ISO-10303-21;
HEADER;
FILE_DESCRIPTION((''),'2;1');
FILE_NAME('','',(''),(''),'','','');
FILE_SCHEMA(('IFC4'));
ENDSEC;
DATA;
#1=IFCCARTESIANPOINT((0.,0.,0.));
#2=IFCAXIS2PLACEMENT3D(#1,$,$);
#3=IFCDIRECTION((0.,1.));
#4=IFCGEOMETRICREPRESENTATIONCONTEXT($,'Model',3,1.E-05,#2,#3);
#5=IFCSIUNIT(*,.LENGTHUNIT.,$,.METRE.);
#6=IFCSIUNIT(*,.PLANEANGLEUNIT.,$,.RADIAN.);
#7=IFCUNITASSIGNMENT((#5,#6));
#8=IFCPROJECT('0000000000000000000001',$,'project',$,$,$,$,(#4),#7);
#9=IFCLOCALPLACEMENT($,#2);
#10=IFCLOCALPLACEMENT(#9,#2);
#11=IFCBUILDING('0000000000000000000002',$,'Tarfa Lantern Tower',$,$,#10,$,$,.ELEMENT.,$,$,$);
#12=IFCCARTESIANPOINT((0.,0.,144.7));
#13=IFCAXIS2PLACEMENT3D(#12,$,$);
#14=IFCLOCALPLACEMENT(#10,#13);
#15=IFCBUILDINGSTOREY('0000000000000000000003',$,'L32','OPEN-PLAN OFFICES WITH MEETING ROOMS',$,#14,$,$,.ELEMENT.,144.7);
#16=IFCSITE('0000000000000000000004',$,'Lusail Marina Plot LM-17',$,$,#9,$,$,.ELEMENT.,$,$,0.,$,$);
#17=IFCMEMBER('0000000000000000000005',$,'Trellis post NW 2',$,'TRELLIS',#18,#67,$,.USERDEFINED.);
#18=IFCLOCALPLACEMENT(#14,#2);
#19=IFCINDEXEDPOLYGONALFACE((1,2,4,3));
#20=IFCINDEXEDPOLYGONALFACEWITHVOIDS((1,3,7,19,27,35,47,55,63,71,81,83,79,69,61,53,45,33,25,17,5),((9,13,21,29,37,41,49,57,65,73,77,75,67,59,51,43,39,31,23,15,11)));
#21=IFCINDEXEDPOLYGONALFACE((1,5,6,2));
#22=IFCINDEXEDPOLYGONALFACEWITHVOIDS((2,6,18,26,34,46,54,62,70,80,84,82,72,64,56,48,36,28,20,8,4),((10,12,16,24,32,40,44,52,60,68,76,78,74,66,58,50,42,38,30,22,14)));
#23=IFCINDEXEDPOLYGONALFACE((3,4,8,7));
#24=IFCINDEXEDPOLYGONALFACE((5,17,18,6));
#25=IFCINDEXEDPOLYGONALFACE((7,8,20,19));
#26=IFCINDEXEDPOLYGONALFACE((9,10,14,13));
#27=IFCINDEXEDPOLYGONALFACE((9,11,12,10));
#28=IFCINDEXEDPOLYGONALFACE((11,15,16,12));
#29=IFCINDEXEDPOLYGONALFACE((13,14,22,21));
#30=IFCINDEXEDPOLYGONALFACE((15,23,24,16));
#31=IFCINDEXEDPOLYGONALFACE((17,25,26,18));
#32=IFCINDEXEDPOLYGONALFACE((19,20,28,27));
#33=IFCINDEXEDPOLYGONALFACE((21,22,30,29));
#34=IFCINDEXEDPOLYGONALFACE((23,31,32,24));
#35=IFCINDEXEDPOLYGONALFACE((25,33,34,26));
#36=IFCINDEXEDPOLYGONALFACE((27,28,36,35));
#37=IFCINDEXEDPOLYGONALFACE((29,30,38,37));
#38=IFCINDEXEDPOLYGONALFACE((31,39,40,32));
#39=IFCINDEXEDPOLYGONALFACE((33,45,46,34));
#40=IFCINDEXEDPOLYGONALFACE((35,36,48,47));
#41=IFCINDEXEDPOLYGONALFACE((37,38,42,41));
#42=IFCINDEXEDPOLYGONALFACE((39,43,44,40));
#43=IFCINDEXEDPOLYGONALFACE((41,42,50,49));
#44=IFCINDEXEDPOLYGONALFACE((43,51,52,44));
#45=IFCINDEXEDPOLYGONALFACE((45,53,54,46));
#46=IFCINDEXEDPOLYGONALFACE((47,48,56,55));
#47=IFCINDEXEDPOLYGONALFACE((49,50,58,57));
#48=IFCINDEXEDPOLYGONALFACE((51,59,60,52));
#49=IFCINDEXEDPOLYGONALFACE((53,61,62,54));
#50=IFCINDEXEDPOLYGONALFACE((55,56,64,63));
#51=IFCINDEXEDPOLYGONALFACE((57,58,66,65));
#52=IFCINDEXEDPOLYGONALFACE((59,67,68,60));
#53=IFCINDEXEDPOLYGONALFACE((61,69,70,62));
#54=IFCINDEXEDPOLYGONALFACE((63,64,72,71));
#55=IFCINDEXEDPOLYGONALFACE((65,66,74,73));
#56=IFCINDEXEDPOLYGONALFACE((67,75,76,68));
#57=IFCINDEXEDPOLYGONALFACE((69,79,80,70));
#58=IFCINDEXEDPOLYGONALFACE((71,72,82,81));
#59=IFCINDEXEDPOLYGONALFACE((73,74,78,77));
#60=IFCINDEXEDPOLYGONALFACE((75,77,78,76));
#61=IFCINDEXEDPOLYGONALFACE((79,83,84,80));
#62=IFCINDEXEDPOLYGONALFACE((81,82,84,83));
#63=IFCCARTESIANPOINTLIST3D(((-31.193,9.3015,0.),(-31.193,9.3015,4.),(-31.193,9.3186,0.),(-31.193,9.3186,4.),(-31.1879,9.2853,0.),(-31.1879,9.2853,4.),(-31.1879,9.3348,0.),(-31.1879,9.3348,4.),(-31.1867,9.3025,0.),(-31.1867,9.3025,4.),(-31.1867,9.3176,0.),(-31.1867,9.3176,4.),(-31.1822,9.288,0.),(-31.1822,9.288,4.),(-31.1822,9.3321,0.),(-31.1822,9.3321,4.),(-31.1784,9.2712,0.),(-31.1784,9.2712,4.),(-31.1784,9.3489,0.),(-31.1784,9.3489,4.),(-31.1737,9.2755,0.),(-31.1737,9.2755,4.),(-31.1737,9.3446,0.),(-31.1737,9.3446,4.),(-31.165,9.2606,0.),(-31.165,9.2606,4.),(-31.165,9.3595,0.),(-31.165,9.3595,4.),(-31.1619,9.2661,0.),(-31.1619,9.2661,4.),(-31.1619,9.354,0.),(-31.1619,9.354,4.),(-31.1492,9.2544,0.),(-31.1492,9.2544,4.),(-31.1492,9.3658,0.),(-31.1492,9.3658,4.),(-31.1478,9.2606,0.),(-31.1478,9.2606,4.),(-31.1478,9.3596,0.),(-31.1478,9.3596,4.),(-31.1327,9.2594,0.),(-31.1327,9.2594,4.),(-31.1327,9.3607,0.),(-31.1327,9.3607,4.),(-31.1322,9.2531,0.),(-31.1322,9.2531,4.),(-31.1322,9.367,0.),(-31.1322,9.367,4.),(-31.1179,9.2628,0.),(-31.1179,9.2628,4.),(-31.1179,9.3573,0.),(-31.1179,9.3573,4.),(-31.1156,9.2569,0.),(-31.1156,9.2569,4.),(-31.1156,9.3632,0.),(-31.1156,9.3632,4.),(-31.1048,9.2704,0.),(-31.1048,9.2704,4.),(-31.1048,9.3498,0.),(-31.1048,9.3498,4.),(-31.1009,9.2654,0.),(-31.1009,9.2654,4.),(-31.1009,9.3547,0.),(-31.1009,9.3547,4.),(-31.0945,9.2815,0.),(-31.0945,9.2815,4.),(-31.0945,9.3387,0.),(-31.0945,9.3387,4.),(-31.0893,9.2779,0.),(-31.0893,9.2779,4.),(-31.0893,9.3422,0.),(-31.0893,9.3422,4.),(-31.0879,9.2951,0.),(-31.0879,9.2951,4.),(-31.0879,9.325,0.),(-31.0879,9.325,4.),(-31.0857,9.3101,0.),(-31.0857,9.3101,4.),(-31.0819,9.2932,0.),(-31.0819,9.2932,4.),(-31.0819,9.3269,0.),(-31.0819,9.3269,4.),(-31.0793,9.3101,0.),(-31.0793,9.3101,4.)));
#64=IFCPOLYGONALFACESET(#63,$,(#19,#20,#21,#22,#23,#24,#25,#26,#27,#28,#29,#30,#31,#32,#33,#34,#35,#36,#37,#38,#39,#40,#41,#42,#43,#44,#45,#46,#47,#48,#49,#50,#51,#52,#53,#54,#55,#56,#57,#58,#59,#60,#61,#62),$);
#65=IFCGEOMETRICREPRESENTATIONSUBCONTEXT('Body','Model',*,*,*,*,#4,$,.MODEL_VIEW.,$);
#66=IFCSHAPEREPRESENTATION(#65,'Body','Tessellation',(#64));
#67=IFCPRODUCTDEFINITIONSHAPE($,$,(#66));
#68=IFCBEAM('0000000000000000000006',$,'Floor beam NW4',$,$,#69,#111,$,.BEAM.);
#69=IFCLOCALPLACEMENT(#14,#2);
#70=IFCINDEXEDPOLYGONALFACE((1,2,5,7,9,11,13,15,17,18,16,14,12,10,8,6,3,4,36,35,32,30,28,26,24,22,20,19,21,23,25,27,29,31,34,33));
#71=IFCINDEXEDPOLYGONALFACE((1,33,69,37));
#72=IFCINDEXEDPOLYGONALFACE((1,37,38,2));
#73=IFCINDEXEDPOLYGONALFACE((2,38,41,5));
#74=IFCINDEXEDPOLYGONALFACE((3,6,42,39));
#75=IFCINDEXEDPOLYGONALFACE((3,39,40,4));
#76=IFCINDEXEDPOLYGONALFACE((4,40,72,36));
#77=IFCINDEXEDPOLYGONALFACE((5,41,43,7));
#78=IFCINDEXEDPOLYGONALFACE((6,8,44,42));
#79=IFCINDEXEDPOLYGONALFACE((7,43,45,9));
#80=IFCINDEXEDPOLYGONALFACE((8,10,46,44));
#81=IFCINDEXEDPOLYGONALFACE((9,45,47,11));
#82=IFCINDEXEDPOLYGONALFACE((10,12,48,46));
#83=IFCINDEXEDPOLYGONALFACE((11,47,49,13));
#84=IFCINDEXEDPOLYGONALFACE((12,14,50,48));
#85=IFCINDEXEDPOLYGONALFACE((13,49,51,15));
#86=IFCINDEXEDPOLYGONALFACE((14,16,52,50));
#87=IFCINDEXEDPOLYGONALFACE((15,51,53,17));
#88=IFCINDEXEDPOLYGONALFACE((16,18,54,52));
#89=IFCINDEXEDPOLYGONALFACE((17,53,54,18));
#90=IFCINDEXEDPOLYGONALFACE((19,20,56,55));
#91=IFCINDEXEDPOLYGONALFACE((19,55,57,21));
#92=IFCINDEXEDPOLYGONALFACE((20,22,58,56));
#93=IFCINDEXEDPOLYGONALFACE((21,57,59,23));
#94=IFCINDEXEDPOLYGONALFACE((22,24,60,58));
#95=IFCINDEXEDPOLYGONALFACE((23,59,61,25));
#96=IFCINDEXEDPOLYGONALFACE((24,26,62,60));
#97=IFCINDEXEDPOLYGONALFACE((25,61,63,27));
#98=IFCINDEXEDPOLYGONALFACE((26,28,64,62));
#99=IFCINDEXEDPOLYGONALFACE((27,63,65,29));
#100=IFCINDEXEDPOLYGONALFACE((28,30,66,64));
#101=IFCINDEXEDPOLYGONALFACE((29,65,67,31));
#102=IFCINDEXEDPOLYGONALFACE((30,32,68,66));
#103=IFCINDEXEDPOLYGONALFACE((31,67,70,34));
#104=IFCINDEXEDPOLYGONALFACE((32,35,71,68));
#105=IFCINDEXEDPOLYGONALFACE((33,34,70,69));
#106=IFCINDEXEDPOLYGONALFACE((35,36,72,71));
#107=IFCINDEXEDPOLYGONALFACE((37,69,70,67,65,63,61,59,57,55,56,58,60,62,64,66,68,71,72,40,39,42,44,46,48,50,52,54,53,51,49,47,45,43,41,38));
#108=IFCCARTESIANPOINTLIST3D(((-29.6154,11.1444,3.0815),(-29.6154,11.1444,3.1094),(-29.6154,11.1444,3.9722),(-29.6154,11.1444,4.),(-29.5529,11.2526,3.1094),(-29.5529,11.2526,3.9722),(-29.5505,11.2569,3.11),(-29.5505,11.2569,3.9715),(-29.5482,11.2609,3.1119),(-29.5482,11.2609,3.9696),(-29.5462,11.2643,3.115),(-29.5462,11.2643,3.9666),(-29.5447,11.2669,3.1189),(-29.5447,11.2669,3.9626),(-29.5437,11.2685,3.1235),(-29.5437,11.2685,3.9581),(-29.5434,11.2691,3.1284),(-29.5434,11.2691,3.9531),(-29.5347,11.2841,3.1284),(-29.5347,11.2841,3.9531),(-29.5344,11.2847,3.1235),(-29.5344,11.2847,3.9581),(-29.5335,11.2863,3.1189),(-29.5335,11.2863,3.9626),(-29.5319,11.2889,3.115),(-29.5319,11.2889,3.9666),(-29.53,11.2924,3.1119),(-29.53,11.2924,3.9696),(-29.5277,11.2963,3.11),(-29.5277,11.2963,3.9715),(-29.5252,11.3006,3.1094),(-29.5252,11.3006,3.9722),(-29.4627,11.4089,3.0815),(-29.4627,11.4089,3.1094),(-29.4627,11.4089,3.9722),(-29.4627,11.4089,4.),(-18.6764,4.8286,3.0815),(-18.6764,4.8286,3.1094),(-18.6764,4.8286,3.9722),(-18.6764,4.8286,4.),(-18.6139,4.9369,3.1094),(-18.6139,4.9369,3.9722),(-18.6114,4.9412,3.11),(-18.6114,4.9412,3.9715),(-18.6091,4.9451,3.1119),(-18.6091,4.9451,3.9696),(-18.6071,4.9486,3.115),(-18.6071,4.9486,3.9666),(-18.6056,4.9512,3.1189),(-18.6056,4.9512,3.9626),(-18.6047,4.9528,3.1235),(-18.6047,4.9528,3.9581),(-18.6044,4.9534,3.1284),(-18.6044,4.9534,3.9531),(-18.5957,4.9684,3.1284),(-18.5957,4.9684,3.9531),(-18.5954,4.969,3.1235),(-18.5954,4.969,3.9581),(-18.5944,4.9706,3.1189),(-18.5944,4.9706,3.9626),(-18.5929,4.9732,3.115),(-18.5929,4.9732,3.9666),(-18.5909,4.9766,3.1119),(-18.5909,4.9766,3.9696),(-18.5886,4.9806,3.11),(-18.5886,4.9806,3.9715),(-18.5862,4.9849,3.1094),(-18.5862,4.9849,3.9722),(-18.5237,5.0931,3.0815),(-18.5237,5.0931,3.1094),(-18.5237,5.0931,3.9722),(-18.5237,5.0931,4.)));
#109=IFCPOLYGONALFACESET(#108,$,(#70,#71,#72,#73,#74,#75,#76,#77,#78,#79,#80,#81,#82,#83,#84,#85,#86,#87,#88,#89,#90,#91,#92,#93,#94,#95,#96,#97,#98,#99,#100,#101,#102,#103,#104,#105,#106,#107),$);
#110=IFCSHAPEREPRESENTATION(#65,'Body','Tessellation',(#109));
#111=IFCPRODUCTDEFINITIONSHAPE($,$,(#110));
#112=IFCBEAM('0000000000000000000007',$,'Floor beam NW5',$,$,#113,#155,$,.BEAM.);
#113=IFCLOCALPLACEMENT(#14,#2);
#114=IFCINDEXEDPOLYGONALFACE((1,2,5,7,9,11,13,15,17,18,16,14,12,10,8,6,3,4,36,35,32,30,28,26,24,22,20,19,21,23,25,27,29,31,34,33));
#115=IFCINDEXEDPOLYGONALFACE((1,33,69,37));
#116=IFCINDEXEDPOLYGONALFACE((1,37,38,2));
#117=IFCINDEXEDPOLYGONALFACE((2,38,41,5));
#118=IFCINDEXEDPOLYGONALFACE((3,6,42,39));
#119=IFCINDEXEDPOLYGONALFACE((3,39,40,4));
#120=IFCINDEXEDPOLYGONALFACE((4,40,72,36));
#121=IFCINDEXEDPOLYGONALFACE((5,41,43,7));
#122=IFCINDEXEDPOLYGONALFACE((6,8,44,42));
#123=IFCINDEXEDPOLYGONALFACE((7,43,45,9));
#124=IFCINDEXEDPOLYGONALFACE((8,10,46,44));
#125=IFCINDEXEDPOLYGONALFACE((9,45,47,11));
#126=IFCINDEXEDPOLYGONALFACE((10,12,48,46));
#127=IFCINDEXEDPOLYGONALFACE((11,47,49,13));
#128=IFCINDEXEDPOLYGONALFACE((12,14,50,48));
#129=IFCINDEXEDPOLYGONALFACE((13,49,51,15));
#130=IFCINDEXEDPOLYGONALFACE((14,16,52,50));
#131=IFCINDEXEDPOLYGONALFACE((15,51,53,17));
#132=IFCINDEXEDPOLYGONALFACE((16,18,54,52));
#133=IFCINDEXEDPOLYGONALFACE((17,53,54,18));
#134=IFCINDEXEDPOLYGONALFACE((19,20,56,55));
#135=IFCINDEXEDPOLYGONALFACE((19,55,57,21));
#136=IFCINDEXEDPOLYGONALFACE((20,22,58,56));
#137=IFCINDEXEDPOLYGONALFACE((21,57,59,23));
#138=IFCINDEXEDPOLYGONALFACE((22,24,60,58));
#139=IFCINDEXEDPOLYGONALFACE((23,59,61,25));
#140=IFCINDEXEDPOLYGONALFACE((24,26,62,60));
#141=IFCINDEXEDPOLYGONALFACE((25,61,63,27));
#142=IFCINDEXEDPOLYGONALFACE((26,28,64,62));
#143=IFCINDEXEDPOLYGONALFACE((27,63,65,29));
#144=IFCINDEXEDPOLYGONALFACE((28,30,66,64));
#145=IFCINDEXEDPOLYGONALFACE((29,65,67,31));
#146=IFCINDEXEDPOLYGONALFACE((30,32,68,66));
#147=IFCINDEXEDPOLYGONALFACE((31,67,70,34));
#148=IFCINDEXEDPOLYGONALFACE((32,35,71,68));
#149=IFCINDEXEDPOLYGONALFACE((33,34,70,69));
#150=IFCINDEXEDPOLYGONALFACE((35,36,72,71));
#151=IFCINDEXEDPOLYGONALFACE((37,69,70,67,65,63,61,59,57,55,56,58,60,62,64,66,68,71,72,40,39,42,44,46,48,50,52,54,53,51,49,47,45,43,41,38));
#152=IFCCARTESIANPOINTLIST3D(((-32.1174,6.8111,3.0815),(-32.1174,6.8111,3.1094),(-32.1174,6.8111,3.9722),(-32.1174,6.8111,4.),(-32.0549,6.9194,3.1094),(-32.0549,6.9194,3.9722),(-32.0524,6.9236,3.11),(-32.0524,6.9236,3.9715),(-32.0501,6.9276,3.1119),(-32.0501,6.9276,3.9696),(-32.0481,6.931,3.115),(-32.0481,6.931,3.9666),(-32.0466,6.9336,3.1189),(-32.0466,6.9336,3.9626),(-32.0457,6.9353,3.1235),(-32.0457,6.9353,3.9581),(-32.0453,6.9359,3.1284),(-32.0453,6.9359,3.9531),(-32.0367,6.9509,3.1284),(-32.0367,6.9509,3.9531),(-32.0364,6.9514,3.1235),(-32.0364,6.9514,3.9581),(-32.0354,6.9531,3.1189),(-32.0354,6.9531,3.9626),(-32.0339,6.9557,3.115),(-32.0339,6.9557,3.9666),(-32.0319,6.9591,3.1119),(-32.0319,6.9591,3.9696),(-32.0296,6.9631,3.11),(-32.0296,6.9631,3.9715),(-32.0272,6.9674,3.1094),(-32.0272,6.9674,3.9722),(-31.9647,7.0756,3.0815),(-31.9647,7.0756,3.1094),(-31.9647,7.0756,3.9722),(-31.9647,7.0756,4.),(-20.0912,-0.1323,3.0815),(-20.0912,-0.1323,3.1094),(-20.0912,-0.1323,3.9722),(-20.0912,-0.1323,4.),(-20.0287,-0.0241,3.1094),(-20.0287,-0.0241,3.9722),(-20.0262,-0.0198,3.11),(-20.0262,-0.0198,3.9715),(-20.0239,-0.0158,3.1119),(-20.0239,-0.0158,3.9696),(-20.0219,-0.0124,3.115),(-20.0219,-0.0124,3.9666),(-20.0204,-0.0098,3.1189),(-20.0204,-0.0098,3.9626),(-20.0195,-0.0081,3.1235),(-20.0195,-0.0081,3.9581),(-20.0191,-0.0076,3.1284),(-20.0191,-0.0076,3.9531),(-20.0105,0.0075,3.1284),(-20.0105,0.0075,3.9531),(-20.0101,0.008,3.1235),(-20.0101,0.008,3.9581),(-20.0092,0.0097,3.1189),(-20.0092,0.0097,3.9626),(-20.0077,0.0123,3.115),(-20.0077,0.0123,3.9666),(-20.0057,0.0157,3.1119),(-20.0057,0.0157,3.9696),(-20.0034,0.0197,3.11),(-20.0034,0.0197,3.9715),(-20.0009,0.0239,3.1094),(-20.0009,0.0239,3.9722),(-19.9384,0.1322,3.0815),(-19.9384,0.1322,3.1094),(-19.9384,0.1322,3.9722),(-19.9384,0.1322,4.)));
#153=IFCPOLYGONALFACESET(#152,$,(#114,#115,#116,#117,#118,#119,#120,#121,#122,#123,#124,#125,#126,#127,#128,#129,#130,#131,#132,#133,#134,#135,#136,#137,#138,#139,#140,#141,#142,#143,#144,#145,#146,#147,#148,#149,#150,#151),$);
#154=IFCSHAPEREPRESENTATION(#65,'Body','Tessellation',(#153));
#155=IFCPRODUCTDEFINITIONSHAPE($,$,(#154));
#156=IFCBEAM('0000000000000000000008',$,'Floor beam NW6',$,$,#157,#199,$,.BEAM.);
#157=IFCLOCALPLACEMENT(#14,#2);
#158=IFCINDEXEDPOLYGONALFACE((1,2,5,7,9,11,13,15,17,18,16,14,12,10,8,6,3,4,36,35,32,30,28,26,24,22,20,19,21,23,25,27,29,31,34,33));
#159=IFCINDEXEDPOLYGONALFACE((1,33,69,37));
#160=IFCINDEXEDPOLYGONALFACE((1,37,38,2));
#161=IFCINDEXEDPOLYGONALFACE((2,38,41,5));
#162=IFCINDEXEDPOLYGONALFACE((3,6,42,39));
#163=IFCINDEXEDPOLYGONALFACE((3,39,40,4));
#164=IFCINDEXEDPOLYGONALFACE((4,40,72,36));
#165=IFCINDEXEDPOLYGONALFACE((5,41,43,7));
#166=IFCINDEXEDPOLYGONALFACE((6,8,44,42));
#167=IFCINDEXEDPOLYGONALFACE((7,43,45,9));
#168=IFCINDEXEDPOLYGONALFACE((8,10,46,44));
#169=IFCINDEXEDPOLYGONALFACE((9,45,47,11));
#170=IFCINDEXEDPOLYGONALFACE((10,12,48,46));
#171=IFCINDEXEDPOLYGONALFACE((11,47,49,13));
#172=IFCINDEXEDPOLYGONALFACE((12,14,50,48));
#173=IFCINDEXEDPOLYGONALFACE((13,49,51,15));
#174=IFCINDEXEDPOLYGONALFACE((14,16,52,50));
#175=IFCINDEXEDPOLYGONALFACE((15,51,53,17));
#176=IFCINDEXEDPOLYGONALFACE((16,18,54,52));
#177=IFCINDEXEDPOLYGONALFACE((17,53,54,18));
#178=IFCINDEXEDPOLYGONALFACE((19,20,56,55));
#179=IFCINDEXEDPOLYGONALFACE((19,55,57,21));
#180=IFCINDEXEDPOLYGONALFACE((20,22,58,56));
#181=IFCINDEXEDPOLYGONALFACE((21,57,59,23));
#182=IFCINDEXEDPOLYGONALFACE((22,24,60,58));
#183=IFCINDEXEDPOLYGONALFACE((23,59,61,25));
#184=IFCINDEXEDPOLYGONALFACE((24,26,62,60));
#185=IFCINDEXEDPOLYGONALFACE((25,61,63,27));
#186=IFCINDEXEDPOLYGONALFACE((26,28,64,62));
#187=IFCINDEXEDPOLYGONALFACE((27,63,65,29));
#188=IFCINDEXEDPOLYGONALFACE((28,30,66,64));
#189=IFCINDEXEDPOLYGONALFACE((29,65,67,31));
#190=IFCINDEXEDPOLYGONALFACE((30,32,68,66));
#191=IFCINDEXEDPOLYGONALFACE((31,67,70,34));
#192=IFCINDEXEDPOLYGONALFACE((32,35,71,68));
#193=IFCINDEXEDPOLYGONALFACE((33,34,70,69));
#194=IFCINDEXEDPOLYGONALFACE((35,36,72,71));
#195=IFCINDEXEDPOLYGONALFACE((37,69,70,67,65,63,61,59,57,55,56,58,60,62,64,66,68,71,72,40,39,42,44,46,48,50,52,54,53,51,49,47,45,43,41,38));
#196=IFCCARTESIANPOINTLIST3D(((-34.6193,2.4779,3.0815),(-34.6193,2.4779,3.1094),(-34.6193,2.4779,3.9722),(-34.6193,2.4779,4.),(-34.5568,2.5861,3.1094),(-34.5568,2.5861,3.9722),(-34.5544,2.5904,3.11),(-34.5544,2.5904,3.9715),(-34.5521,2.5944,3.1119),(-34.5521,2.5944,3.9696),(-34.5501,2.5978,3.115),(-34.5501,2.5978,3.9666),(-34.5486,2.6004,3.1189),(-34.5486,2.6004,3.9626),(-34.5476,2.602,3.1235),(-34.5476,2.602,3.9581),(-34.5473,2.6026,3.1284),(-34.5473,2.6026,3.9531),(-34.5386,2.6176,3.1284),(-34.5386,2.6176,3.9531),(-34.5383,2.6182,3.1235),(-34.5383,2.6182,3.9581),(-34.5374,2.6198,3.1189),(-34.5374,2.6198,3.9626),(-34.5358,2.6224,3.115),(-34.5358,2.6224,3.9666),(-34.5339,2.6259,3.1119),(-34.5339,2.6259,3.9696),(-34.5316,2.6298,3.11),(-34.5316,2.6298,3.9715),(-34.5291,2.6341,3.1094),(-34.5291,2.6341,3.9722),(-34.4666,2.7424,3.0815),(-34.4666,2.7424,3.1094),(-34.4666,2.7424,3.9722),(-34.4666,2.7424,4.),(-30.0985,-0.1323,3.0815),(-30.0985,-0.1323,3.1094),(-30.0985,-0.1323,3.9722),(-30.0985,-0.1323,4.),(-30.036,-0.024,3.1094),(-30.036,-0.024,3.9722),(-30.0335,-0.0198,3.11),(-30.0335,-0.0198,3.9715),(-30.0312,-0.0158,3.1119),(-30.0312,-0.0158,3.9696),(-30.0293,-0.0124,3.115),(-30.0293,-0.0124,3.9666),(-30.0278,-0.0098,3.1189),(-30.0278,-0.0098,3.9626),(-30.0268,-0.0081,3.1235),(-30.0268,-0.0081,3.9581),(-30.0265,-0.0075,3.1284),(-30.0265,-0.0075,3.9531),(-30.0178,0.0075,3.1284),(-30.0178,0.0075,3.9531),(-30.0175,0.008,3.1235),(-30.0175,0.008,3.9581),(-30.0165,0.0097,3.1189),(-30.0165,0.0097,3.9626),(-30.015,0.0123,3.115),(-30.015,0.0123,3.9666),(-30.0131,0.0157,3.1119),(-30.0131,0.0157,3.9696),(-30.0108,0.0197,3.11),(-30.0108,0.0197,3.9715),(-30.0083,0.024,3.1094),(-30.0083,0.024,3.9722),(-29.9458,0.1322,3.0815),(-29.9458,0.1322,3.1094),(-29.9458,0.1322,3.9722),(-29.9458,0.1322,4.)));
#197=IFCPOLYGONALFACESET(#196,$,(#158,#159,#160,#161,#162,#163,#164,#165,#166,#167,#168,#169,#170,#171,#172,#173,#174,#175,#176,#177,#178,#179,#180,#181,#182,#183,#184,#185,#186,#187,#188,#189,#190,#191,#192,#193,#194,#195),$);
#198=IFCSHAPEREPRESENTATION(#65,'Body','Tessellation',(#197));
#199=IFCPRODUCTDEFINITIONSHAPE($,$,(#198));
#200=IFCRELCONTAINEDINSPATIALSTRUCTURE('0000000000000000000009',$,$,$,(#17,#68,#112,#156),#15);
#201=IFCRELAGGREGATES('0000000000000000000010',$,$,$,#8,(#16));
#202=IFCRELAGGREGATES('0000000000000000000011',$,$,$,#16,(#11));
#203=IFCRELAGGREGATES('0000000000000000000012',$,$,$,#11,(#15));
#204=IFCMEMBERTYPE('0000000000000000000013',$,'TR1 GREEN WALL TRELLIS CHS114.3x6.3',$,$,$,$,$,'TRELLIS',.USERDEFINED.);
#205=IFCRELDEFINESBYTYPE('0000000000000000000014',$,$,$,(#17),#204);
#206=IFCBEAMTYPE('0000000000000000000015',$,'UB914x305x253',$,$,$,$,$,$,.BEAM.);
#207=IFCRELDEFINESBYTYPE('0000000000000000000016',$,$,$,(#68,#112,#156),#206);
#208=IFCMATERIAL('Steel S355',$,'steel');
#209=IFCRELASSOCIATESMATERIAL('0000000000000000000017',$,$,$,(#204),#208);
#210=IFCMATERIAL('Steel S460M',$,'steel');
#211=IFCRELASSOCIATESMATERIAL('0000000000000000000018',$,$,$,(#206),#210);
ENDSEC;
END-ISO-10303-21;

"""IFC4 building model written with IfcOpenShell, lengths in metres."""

from ifc_helpers import new_model, si_unit, direction, frame, origin, origin_2d, place, context, subcontext, project, spatial, hollow_circle, i_section, extrude, material, material_profile, profile_set, type_object, element, save


model = new_model("IFC4")

# Units and contexts
model_context = context("Model", 3, precision=1e-05, world=origin(), true_north=direction((0.0, 1.0)))
body_context = subcontext(model_context, "Body", "Model", "MODEL_VIEW")
ifc_project = project(units=[si_unit("LENGTHUNIT", "METRE"), si_unit("PLANEANGLEUNIT", "RADIAN")], contexts=[model_context])

# Site, building, storey
site_placement = place(None, origin())
site = spatial("IfcSite", under=ifc_project, at=site_placement, Name="Lusail Marina Plot LM-17", CompositionType="ELEMENT", RefElevation=0.0)
building_placement = place(site_placement, origin())
building = spatial("IfcBuilding", under=site, at=building_placement, Name="Tarfa Lantern Tower", CompositionType="ELEMENT")
storey_placement = place(building_placement, frame((0.0, 0.0, 144.7)))
storey = spatial("IfcBuildingStorey", under=building, at=storey_placement, Name="L32", Description="OPEN-PLAN OFFICES WITH MEETING ROOMS", CompositionType="ELEMENT", Elevation=144.7)

# Member
ifc_material_1 = material(Name="Steel S355", Category="steel")
ifc_material_profile_1 = material_profile(ifc_material_1, hollow_circle(Radius=0.0571, WallThickness=0.0063, at=origin_2d()), Name="CHS114.3x6.3")
ifc_profile_set_1 = profile_set([ifc_material_profile_1], Name="Steel S355")
member_type_1 = type_object("IfcMemberType", Name="TR1 GREEN WALL TRELLIS CHS114.3x6.3", ElementType="TRELLIS", PredefinedType="USERDEFINED", material=ifc_profile_set_1)
member_1_placement = place(storey_placement, frame((-31.1365, 9.3101, 0.0), z_axis=(0.0, 0.0, 1.0), x_axis=(1.0, 0.0, 0.0)))
element("IfcMember", 1, at=member_1_placement, inside=storey, type_object=member_type_1, Name="Trellis post NW 2", ObjectType="TRELLIS", PredefinedType="USERDEFINED", context=body_context, shape_type="SweptSolid", body=[
    extrude(hollow_circle(Radius=0.0571, WallThickness=0.0063, at=origin_2d()), origin(), (0.0, 0.0, 1.0), 4.0),
])

# Beams
ifc_material_2 = material(Name="Steel S460M", Category="steel")
ifc_material_profile_2 = material_profile(ifc_material_2, i_section(OverallWidth=0.3054, OverallDepth=0.9185, WebThickness=0.0173, FlangeThickness=0.0278, FilletRadius=0.019, at=origin_2d()), Name="UB914x305x253")
ifc_profile_set_2 = profile_set([ifc_material_profile_2], Name="Steel S460M")
beam_type_1 = type_object("IfcBeamType", Name="UB914x305x253", PredefinedType="BEAM", material=ifc_profile_set_2)
beam_1_placement = place(storey_placement, frame((-29.5391, 11.2766, 3.5408), z_axis=(0.866023, -0.500004, 0.0), x_axis=(0.500004, 0.866023, 0.0)))
element("IfcBeam", 2, at=beam_1_placement, inside=storey, type_object=beam_type_1, Name="Floor beam NW4", PredefinedType="BEAM", context=body_context, shape_type="SweptSolid", body=[
    extrude(i_section(OverallWidth=0.3054, OverallDepth=0.9185, WebThickness=0.0173, FlangeThickness=0.0278, FilletRadius=0.019, at=origin_2d()), origin(), (0.0, 0.0, 1.0), 12.6313),
])
beam_2_placement = place(storey_placement, frame((-32.041, 6.9434, 3.5408), z_axis=(0.866023, -0.500004, 0.0), x_axis=(0.500004, 0.866023, 0.0)))
element("IfcBeam", 3, at=beam_2_placement, inside=storey, type_object=beam_type_1, Name="Floor beam NW5", PredefinedType="BEAM", context=body_context, shape_type="SweptSolid", body=[
    extrude(i_section(OverallWidth=0.3054, OverallDepth=0.9185, WebThickness=0.0173, FlangeThickness=0.0278, FilletRadius=0.019, at=origin_2d()), origin(), (0.0, 0.0, 1.0), 13.8867),
])
beam_3_placement = place(storey_placement, frame((-34.543, 2.6101, 3.5408), z_axis=(0.866021, -0.500007, 0.0), x_axis=(0.500007, 0.866021, 0.0)))
element("IfcBeam", 4, at=beam_3_placement, inside=storey, type_object=beam_type_1, Name="Floor beam NW6", PredefinedType="BEAM", context=body_context, shape_type="SweptSolid", body=[
    extrude(i_section(OverallWidth=0.3054, OverallDepth=0.9185, WebThickness=0.0173, FlangeThickness=0.0278, FilletRadius=0.019, at=origin_2d()), origin(), (0.0, 0.0, 1.0), 5.2202),
])

save(model, "model.ifc")
